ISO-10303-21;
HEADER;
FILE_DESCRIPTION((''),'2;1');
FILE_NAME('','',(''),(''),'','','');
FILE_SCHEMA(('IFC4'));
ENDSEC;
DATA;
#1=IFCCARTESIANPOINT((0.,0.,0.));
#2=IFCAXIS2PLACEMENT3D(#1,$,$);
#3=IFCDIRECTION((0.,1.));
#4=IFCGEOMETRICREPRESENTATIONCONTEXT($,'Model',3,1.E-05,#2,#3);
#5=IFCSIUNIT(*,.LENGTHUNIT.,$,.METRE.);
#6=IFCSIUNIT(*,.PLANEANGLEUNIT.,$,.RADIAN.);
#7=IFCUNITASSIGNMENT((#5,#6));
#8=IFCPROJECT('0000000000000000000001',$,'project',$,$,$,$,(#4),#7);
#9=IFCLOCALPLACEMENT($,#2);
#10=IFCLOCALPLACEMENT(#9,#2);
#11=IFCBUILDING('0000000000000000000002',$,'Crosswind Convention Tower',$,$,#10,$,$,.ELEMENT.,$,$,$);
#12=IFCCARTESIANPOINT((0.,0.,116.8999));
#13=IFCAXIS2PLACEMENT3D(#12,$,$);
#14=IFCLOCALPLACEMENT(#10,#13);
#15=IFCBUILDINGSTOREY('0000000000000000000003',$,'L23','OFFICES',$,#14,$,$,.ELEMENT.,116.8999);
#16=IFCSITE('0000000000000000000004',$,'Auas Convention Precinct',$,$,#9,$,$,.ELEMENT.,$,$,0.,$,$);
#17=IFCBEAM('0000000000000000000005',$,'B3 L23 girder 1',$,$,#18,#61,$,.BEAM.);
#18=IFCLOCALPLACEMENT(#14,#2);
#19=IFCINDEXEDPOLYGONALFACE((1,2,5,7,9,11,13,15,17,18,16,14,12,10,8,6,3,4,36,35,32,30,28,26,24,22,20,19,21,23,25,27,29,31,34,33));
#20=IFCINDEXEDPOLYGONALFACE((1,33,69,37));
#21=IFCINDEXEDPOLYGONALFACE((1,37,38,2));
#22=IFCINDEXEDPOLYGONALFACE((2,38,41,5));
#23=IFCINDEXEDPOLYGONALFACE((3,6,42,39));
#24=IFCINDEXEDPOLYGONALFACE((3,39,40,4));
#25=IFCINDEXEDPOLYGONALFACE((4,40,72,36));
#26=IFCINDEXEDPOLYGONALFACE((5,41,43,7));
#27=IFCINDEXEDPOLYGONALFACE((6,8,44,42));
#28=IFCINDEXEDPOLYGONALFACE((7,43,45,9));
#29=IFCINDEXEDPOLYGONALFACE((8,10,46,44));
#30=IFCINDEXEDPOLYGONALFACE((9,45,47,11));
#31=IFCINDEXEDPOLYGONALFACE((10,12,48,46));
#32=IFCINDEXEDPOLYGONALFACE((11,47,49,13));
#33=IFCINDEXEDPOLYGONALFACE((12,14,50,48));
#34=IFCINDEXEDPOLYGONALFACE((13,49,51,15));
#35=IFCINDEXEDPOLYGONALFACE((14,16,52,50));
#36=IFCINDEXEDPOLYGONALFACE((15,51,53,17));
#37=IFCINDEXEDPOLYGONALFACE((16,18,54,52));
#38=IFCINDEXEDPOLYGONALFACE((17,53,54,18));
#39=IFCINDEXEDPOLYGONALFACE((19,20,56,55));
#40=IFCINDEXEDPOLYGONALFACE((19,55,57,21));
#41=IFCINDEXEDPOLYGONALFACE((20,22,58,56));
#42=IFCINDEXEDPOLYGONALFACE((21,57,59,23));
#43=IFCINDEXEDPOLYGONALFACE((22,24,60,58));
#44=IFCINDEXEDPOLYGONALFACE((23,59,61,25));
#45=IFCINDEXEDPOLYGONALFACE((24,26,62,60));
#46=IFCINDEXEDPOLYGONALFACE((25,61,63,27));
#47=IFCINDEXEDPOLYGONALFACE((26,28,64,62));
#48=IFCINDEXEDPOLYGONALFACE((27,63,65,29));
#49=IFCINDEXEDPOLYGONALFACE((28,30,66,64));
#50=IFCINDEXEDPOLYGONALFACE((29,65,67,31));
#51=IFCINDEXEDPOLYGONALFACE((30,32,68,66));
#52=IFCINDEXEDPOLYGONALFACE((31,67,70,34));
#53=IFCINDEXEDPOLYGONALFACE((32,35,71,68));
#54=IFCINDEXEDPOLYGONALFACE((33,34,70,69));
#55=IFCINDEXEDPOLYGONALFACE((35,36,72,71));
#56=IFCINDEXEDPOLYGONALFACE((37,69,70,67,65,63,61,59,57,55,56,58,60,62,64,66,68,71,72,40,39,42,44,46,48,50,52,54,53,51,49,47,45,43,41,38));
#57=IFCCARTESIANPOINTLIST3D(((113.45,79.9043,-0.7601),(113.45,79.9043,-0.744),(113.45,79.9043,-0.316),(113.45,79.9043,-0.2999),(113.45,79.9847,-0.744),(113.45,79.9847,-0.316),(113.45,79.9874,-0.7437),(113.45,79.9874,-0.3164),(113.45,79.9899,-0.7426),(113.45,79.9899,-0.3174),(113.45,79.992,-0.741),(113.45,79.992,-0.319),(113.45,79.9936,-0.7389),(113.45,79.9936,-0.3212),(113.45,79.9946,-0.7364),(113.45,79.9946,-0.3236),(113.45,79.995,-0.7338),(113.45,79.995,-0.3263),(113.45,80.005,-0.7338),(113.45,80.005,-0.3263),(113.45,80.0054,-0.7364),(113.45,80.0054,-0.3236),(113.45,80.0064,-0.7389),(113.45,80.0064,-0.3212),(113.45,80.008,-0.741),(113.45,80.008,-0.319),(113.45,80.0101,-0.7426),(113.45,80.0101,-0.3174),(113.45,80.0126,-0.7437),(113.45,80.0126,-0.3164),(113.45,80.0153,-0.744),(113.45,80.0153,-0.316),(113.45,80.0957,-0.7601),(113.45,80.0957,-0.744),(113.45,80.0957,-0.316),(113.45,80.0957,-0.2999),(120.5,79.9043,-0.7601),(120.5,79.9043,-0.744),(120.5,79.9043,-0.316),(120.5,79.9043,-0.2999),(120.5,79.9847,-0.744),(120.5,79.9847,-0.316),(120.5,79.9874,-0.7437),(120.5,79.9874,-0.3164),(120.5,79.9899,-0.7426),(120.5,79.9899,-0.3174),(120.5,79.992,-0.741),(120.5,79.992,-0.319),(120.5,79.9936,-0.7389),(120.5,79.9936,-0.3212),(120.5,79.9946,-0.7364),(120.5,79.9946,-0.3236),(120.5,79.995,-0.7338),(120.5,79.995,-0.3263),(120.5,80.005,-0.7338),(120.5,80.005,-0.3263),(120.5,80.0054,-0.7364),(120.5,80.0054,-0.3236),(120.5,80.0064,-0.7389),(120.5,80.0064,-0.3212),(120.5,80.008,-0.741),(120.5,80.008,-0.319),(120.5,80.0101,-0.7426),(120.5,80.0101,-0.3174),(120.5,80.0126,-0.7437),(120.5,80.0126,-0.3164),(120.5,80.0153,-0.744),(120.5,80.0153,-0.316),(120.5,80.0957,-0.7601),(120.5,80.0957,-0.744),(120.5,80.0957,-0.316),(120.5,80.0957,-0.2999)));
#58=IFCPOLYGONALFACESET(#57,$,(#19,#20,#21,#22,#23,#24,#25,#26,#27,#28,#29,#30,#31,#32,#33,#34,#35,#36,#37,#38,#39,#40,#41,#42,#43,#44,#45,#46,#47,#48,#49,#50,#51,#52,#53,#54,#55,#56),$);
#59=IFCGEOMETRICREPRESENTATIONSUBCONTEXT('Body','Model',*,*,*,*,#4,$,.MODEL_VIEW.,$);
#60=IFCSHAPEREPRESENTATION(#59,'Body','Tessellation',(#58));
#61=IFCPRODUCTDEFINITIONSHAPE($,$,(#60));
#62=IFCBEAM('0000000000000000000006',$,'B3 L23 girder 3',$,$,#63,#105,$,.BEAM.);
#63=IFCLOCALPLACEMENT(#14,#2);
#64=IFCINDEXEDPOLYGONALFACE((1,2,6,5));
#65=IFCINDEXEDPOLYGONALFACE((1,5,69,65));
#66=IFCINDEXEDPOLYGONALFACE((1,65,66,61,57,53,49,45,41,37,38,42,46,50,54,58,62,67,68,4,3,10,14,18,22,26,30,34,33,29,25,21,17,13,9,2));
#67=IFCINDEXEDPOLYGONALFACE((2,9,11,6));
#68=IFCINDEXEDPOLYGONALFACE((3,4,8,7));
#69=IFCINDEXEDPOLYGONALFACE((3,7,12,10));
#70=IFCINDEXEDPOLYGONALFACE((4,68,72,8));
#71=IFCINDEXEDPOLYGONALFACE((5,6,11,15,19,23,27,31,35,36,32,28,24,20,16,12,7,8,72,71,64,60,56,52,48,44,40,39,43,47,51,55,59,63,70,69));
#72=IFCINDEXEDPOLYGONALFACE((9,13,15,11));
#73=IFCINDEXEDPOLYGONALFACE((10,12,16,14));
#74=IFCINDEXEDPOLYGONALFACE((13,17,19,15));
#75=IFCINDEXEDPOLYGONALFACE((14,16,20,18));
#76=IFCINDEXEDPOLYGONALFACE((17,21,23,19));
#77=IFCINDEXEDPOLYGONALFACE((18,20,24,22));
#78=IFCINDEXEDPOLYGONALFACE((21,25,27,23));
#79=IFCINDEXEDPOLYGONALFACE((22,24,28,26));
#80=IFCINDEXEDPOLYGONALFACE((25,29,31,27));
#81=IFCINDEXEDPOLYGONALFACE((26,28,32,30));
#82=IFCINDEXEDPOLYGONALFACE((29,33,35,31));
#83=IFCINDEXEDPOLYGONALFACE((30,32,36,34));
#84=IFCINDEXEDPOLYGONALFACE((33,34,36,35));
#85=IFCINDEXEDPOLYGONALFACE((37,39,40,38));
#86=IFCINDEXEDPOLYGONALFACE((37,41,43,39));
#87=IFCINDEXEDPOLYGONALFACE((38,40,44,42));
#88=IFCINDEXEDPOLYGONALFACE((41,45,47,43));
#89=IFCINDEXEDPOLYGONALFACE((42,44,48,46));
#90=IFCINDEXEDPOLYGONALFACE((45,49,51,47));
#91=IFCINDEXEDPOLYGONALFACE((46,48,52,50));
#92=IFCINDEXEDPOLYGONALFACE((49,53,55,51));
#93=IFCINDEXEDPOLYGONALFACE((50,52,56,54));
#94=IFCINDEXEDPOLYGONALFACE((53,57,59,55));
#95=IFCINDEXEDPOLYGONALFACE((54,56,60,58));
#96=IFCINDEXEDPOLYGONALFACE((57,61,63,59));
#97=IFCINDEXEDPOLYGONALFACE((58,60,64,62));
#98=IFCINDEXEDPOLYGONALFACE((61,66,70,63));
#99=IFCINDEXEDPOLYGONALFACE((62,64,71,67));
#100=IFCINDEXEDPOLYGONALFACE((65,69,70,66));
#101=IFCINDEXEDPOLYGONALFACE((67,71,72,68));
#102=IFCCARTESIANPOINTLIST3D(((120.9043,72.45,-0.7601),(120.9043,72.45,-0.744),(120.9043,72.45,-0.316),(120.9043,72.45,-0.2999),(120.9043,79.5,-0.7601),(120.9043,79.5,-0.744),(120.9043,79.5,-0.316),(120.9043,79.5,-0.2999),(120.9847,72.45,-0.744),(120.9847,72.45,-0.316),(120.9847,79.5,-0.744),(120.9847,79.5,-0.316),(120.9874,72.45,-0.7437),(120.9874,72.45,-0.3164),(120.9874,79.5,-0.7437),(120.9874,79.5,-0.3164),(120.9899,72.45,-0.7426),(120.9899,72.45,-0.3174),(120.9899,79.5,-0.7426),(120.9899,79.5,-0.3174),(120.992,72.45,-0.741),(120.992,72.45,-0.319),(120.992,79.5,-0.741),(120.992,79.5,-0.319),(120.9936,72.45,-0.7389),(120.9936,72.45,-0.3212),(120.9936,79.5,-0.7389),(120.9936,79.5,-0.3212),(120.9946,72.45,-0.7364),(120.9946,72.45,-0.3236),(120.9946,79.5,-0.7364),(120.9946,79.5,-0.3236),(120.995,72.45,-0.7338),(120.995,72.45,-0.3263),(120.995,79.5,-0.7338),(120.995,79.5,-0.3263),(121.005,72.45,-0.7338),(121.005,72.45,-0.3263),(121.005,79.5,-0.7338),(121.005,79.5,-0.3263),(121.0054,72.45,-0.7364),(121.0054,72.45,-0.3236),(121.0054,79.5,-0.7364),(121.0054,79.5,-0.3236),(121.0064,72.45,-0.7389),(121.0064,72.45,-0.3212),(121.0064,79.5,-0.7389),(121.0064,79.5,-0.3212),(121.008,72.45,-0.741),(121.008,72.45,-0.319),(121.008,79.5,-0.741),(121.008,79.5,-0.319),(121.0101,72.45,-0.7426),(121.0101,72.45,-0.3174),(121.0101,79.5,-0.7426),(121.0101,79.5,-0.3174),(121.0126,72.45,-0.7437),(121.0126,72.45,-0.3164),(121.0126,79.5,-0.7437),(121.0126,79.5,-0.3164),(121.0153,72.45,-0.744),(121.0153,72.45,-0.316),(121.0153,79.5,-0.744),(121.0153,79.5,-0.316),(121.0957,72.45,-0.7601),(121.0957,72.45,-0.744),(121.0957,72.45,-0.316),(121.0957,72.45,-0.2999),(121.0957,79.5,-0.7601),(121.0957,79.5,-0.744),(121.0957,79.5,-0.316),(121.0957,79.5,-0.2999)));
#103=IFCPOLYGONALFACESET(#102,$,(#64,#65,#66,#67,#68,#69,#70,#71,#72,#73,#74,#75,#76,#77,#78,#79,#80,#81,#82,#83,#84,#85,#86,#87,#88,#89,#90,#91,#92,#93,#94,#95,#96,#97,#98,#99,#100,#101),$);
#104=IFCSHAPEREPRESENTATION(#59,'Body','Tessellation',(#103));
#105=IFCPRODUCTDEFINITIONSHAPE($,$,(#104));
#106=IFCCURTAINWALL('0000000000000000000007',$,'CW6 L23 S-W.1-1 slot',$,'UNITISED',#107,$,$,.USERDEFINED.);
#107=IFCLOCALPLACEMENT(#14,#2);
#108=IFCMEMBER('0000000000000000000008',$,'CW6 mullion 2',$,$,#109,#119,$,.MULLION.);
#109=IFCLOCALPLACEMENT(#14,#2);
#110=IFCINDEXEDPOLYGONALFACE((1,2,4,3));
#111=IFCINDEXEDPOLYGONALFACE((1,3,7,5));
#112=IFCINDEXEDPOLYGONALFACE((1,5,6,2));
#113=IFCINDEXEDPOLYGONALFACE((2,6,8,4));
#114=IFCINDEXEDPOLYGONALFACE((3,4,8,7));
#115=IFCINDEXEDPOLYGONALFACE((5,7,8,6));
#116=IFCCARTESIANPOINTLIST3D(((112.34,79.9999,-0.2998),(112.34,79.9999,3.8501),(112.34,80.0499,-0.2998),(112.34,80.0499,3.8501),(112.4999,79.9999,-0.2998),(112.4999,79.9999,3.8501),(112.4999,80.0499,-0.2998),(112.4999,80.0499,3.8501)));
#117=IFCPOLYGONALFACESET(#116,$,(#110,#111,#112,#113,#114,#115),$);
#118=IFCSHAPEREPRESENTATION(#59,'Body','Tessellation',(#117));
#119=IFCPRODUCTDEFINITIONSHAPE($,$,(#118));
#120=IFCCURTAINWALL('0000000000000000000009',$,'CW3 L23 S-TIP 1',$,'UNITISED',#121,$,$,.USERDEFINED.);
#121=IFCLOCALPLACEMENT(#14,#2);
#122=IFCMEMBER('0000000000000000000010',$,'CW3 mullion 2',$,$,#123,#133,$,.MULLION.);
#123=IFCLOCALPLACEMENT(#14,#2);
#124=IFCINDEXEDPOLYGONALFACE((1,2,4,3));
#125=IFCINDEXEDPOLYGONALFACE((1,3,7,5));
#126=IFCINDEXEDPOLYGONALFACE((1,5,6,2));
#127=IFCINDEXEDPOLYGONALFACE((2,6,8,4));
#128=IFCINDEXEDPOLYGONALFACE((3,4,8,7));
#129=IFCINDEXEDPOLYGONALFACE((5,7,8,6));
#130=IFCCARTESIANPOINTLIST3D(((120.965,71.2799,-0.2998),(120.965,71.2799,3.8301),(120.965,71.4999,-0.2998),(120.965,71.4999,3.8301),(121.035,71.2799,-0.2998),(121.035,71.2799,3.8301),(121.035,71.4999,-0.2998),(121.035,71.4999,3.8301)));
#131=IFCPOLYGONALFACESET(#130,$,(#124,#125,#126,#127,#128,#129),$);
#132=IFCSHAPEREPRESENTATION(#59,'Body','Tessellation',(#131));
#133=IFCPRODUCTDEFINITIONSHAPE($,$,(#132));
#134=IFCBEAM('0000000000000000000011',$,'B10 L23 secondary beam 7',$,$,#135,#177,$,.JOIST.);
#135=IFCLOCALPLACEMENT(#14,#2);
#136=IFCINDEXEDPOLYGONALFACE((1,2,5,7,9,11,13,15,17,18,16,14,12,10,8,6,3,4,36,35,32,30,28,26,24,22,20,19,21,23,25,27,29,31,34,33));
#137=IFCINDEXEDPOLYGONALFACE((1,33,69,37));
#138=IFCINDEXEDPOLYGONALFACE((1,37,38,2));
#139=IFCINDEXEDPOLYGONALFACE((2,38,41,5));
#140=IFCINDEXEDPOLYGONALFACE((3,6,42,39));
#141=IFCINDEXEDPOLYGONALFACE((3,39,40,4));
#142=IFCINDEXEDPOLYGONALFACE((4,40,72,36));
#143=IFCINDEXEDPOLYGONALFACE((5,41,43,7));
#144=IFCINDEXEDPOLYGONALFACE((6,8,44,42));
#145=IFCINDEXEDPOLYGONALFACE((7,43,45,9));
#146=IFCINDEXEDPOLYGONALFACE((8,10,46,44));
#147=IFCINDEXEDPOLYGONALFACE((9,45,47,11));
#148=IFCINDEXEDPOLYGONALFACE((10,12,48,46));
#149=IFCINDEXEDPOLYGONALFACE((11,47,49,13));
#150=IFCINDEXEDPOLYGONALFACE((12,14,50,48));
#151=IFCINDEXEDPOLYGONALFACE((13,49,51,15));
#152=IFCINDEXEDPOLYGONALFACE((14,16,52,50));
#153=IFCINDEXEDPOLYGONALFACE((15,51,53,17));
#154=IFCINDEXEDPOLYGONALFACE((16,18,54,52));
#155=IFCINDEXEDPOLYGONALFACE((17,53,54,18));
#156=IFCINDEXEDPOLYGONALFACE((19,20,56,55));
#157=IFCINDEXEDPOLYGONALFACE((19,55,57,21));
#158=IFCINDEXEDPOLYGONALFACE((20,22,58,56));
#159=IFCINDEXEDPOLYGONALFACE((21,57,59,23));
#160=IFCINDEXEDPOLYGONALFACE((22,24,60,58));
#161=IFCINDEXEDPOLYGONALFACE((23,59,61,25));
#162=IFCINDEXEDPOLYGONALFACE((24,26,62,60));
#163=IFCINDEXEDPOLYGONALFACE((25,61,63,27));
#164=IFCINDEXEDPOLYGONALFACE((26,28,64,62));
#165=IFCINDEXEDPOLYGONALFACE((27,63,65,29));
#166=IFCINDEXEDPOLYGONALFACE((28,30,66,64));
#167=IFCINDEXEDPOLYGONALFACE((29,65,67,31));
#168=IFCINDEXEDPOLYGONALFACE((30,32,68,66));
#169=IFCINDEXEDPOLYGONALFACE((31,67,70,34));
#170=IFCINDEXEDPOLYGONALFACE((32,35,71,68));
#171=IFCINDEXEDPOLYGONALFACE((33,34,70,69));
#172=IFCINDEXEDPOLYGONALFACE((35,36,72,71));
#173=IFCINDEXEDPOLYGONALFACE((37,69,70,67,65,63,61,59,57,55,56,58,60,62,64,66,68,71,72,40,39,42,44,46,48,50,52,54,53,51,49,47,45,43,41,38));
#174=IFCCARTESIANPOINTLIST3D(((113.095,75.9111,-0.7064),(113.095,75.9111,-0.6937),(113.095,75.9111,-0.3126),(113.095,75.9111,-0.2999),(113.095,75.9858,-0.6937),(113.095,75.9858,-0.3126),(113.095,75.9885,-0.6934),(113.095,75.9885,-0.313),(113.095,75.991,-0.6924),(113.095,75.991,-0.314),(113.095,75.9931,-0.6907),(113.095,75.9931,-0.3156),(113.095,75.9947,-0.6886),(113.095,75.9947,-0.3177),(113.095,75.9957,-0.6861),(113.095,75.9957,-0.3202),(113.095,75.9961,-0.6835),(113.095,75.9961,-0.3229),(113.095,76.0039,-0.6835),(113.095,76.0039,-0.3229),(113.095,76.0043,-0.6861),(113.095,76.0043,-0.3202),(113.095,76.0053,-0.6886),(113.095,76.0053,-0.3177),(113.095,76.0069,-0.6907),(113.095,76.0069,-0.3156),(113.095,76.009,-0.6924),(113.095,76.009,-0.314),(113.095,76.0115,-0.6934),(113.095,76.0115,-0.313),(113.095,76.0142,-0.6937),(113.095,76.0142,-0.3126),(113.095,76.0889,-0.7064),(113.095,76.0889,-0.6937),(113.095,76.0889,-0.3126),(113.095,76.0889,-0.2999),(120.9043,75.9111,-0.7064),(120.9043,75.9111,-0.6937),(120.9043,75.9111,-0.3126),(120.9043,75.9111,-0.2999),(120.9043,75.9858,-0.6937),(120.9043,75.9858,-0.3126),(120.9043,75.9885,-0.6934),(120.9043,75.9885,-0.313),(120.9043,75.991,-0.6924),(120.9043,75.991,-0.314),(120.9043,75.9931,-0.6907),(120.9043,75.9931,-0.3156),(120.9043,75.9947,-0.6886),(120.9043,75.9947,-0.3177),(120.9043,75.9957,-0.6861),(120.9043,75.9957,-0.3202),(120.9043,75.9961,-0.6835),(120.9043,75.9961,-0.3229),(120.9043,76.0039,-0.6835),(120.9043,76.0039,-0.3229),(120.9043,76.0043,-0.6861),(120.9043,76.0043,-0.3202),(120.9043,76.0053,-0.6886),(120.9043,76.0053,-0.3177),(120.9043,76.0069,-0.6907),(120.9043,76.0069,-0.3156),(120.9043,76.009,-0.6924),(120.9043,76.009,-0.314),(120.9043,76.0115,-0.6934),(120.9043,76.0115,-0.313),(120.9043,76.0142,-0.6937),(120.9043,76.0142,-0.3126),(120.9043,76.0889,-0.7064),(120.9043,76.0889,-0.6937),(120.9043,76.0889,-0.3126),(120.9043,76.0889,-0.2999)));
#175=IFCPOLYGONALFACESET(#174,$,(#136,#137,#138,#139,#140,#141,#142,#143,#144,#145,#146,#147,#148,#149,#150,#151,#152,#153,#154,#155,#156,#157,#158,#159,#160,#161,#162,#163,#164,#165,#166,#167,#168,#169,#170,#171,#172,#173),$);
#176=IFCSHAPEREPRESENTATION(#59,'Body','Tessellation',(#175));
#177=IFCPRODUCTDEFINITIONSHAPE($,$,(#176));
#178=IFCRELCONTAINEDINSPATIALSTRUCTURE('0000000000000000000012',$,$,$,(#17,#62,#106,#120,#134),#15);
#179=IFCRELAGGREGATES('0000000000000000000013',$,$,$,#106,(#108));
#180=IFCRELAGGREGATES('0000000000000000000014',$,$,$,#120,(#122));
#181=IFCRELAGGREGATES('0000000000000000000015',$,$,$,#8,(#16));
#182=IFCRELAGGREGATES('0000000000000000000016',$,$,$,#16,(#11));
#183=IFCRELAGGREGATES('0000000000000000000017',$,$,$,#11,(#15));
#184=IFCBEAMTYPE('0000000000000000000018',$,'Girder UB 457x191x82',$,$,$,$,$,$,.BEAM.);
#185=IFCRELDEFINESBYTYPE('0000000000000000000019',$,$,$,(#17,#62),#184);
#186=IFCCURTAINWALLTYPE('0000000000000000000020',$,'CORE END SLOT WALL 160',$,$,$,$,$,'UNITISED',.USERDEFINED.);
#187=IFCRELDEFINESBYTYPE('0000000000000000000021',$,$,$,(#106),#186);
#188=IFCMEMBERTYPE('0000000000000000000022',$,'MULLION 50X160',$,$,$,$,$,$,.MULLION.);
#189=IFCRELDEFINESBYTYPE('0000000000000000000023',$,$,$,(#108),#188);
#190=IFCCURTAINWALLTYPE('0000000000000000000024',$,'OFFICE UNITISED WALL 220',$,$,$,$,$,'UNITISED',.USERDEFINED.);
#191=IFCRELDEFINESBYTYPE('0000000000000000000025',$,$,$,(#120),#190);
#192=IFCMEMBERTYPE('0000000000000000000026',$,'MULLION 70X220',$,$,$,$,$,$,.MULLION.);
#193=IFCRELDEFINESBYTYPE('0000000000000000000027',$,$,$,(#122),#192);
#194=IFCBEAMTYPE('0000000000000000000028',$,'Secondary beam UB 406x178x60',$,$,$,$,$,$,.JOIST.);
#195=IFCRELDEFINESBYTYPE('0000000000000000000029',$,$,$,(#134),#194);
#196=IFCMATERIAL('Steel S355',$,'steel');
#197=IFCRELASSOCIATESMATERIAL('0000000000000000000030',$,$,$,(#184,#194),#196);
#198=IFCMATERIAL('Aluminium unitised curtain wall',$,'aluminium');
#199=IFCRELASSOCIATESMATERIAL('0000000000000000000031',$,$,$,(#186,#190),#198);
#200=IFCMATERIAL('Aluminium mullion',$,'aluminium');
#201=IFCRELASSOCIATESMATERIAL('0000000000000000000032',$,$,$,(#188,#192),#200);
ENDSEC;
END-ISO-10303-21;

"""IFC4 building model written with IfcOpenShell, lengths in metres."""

from ifc_helpers import new_model, si_unit, direction, frame, origin, origin_2d, place, context, subcontext, project, spatial, rectangle, i_section, extrude, material, material_profile, profile_set, type_object, element, aggregate, save


model = new_model("IFC4")

# Units and contexts
model_context = context("Model", 3, precision=1e-05, world=origin(), true_north=direction((0.0, 1.0)))
body_context = subcontext(model_context, "Body", "Model", "MODEL_VIEW")
ifc_project = project(units=[si_unit("LENGTHUNIT", "METRE"), si_unit("PLANEANGLEUNIT", "RADIAN")], contexts=[model_context])

# Site, building, storey
site_placement = place(None, origin())
site = spatial("IfcSite", under=ifc_project, at=site_placement, Name="Auas Convention Precinct", CompositionType="ELEMENT", RefElevation=0.0)
building_placement = place(site_placement, origin())
building = spatial("IfcBuilding", under=site, at=building_placement, Name="Crosswind Convention Tower", CompositionType="ELEMENT")
storey_placement = place(building_placement, frame((0.0, 0.0, 116.8999)))
storey = spatial("IfcBuildingStorey", under=building, at=storey_placement, Name="L23", Description="OFFICES", CompositionType="ELEMENT", Elevation=116.8999)

# Beams
ifc_material_1 = material(Name="Steel S355", Category="steel")
ifc_material_profile_1 = material_profile(ifc_material_1, i_section(OverallWidth=0.1914, OverallDepth=0.4602, WebThickness=0.01, FlangeThickness=0.0161, FilletRadius=0.0103, at=origin_2d()), Name="UB 457x191x82")
ifc_profile_set_1 = profile_set([ifc_material_profile_1], Name="Steel S355")
beam_type_1 = type_object("IfcBeamType", Name="Girder UB 457x191x82", PredefinedType="BEAM", material=ifc_profile_set_1)
for number, where, z_axis, x_axis, name in (
    (1, (113.45, 80.0, -0.53), (1.0, 0.0, 0.0), (0.0, 1.0, 0.0), "B3 L23 girder 1"),
    (2, (121.0, 72.45, -0.53), (0.0, 1.0, 0.0), (-1.0, 0.0, 0.0), "B3 L23 girder 3"),
):
    element("IfcBeam", number, at=place(storey_placement, frame(where, z_axis=z_axis, x_axis=x_axis)), inside=storey, type_object=beam_type_1, Name=name, PredefinedType="BEAM", context=body_context, shape_type="SweptSolid", body=[
        extrude(i_section(OverallWidth=0.1914, OverallDepth=0.4602, WebThickness=0.01, FlangeThickness=0.0161, FilletRadius=0.0103, at=origin_2d()), origin(), (0.0, 0.0, 1.0), 7.05),
    ])

# Curtain walls, members
ifc_material_2 = material(Name="Aluminium unitised curtain wall", Category="aluminium")
curtain_wall_type_1 = type_object("IfcCurtainWallType", Name="CORE END SLOT WALL 160", ElementType="UNITISED", PredefinedType="USERDEFINED", material=ifc_material_2)
curtain_wall_1_placement = place(storey_placement, origin())
curtain_wall_1 = element("IfcCurtainWall", 3, at=curtain_wall_1_placement, inside=storey, type_object=curtain_wall_type_1, Name="CW6 L23 S-W.1-1 slot", ObjectType="UNITISED", PredefinedType="USERDEFINED")
ifc_material_3 = material(Name="Aluminium mullion", Category="aluminium")
ifc_material_profile_2 = material_profile(ifc_material_3, rectangle(XDim=0.1599, YDim=0.05, at=origin_2d()), Name="AL 160X50")
ifc_profile_set_2 = profile_set([ifc_material_profile_2], Name="Aluminium mullion")
member_type_1 = type_object("IfcMemberType", Name="MULLION 50X160", PredefinedType="MULLION", material=ifc_profile_set_2)
member_1_placement = place(storey_placement, frame((112.4199, 80.0249, -0.2998), z_axis=(0.0, 0.0, 1.0), x_axis=(-1.0, 0.0, 0.0)))
member_1 = element("IfcMember", 4, at=member_1_placement, type_object=member_type_1, Name="CW6 mullion 2", PredefinedType="MULLION", context=body_context, shape_type="SweptSolid", body=[
    extrude(rectangle(XDim=0.1599, YDim=0.05, at=origin_2d()), origin(), (0.0, 0.0, 1.0), 4.1499),
])
aggregate(curtain_wall_1, [member_1])
curtain_wall_type_2 = type_object("IfcCurtainWallType", Name="OFFICE UNITISED WALL 220", ElementType="UNITISED", PredefinedType="USERDEFINED", material=ifc_material_2)
curtain_wall_2_placement = place(storey_placement, origin())
curtain_wall_2 = element("IfcCurtainWall", 5, at=curtain_wall_2_placement, inside=storey, type_object=curtain_wall_type_2, Name="CW3 L23 S-TIP 1", ObjectType="UNITISED", PredefinedType="USERDEFINED")
ifc_material_profile_3 = material_profile(ifc_material_3, rectangle(XDim=0.22, YDim=0.0701, at=origin_2d()), Name="AL 220X70")
ifc_profile_set_3 = profile_set([ifc_material_profile_3], Name="Aluminium mullion")
member_type_2 = type_object("IfcMemberType", Name="MULLION 70X220", PredefinedType="MULLION", material=ifc_profile_set_3)
member_2_placement = place(storey_placement, frame((121.0, 71.3899, -0.2998), z_axis=(0.0, 0.0, 1.0), x_axis=(0.0, -1.0, 0.0)))
member_2 = element("IfcMember", 6, at=member_2_placement, type_object=member_type_2, Name="CW3 mullion 2", PredefinedType="MULLION", context=body_context, shape_type="SweptSolid", body=[
    extrude(rectangle(XDim=0.22, YDim=0.0701, at=origin_2d()), origin(), (0.0, 0.0, 1.0), 4.1299),
])

# Beam
ifc_material_profile_4 = material_profile(ifc_material_1, i_section(OverallWidth=0.1777, OverallDepth=0.4065, WebThickness=0.0078, FlangeThickness=0.0127, FilletRadius=0.0103, at=origin_2d()), Name="UB 406x178x60")
ifc_profile_set_4 = profile_set([ifc_material_profile_4], Name="Steel S355")
beam_type_2 = type_object("IfcBeamType", Name="Secondary beam UB 406x178x60", PredefinedType="JOIST", material=ifc_profile_set_4)
beam_1_placement = place(storey_placement, frame((113.095, 76.0, -0.5032), z_axis=(1.0, 0.0, 0.0), x_axis=(0.0, 1.0, 0.0)))
element("IfcBeam", 7, at=beam_1_placement, inside=storey, type_object=beam_type_2, Name="B10 L23 secondary beam 7", PredefinedType="JOIST", context=body_context, shape_type="SweptSolid", body=[
    extrude(i_section(OverallWidth=0.1777, OverallDepth=0.4065, WebThickness=0.0078, FlangeThickness=0.0127, FilletRadius=0.0103, at=origin_2d()), origin(), (0.0, 0.0, 1.0), 7.8093),
])

aggregate(curtain_wall_2, [member_2])

save(model, "model.ifc")
